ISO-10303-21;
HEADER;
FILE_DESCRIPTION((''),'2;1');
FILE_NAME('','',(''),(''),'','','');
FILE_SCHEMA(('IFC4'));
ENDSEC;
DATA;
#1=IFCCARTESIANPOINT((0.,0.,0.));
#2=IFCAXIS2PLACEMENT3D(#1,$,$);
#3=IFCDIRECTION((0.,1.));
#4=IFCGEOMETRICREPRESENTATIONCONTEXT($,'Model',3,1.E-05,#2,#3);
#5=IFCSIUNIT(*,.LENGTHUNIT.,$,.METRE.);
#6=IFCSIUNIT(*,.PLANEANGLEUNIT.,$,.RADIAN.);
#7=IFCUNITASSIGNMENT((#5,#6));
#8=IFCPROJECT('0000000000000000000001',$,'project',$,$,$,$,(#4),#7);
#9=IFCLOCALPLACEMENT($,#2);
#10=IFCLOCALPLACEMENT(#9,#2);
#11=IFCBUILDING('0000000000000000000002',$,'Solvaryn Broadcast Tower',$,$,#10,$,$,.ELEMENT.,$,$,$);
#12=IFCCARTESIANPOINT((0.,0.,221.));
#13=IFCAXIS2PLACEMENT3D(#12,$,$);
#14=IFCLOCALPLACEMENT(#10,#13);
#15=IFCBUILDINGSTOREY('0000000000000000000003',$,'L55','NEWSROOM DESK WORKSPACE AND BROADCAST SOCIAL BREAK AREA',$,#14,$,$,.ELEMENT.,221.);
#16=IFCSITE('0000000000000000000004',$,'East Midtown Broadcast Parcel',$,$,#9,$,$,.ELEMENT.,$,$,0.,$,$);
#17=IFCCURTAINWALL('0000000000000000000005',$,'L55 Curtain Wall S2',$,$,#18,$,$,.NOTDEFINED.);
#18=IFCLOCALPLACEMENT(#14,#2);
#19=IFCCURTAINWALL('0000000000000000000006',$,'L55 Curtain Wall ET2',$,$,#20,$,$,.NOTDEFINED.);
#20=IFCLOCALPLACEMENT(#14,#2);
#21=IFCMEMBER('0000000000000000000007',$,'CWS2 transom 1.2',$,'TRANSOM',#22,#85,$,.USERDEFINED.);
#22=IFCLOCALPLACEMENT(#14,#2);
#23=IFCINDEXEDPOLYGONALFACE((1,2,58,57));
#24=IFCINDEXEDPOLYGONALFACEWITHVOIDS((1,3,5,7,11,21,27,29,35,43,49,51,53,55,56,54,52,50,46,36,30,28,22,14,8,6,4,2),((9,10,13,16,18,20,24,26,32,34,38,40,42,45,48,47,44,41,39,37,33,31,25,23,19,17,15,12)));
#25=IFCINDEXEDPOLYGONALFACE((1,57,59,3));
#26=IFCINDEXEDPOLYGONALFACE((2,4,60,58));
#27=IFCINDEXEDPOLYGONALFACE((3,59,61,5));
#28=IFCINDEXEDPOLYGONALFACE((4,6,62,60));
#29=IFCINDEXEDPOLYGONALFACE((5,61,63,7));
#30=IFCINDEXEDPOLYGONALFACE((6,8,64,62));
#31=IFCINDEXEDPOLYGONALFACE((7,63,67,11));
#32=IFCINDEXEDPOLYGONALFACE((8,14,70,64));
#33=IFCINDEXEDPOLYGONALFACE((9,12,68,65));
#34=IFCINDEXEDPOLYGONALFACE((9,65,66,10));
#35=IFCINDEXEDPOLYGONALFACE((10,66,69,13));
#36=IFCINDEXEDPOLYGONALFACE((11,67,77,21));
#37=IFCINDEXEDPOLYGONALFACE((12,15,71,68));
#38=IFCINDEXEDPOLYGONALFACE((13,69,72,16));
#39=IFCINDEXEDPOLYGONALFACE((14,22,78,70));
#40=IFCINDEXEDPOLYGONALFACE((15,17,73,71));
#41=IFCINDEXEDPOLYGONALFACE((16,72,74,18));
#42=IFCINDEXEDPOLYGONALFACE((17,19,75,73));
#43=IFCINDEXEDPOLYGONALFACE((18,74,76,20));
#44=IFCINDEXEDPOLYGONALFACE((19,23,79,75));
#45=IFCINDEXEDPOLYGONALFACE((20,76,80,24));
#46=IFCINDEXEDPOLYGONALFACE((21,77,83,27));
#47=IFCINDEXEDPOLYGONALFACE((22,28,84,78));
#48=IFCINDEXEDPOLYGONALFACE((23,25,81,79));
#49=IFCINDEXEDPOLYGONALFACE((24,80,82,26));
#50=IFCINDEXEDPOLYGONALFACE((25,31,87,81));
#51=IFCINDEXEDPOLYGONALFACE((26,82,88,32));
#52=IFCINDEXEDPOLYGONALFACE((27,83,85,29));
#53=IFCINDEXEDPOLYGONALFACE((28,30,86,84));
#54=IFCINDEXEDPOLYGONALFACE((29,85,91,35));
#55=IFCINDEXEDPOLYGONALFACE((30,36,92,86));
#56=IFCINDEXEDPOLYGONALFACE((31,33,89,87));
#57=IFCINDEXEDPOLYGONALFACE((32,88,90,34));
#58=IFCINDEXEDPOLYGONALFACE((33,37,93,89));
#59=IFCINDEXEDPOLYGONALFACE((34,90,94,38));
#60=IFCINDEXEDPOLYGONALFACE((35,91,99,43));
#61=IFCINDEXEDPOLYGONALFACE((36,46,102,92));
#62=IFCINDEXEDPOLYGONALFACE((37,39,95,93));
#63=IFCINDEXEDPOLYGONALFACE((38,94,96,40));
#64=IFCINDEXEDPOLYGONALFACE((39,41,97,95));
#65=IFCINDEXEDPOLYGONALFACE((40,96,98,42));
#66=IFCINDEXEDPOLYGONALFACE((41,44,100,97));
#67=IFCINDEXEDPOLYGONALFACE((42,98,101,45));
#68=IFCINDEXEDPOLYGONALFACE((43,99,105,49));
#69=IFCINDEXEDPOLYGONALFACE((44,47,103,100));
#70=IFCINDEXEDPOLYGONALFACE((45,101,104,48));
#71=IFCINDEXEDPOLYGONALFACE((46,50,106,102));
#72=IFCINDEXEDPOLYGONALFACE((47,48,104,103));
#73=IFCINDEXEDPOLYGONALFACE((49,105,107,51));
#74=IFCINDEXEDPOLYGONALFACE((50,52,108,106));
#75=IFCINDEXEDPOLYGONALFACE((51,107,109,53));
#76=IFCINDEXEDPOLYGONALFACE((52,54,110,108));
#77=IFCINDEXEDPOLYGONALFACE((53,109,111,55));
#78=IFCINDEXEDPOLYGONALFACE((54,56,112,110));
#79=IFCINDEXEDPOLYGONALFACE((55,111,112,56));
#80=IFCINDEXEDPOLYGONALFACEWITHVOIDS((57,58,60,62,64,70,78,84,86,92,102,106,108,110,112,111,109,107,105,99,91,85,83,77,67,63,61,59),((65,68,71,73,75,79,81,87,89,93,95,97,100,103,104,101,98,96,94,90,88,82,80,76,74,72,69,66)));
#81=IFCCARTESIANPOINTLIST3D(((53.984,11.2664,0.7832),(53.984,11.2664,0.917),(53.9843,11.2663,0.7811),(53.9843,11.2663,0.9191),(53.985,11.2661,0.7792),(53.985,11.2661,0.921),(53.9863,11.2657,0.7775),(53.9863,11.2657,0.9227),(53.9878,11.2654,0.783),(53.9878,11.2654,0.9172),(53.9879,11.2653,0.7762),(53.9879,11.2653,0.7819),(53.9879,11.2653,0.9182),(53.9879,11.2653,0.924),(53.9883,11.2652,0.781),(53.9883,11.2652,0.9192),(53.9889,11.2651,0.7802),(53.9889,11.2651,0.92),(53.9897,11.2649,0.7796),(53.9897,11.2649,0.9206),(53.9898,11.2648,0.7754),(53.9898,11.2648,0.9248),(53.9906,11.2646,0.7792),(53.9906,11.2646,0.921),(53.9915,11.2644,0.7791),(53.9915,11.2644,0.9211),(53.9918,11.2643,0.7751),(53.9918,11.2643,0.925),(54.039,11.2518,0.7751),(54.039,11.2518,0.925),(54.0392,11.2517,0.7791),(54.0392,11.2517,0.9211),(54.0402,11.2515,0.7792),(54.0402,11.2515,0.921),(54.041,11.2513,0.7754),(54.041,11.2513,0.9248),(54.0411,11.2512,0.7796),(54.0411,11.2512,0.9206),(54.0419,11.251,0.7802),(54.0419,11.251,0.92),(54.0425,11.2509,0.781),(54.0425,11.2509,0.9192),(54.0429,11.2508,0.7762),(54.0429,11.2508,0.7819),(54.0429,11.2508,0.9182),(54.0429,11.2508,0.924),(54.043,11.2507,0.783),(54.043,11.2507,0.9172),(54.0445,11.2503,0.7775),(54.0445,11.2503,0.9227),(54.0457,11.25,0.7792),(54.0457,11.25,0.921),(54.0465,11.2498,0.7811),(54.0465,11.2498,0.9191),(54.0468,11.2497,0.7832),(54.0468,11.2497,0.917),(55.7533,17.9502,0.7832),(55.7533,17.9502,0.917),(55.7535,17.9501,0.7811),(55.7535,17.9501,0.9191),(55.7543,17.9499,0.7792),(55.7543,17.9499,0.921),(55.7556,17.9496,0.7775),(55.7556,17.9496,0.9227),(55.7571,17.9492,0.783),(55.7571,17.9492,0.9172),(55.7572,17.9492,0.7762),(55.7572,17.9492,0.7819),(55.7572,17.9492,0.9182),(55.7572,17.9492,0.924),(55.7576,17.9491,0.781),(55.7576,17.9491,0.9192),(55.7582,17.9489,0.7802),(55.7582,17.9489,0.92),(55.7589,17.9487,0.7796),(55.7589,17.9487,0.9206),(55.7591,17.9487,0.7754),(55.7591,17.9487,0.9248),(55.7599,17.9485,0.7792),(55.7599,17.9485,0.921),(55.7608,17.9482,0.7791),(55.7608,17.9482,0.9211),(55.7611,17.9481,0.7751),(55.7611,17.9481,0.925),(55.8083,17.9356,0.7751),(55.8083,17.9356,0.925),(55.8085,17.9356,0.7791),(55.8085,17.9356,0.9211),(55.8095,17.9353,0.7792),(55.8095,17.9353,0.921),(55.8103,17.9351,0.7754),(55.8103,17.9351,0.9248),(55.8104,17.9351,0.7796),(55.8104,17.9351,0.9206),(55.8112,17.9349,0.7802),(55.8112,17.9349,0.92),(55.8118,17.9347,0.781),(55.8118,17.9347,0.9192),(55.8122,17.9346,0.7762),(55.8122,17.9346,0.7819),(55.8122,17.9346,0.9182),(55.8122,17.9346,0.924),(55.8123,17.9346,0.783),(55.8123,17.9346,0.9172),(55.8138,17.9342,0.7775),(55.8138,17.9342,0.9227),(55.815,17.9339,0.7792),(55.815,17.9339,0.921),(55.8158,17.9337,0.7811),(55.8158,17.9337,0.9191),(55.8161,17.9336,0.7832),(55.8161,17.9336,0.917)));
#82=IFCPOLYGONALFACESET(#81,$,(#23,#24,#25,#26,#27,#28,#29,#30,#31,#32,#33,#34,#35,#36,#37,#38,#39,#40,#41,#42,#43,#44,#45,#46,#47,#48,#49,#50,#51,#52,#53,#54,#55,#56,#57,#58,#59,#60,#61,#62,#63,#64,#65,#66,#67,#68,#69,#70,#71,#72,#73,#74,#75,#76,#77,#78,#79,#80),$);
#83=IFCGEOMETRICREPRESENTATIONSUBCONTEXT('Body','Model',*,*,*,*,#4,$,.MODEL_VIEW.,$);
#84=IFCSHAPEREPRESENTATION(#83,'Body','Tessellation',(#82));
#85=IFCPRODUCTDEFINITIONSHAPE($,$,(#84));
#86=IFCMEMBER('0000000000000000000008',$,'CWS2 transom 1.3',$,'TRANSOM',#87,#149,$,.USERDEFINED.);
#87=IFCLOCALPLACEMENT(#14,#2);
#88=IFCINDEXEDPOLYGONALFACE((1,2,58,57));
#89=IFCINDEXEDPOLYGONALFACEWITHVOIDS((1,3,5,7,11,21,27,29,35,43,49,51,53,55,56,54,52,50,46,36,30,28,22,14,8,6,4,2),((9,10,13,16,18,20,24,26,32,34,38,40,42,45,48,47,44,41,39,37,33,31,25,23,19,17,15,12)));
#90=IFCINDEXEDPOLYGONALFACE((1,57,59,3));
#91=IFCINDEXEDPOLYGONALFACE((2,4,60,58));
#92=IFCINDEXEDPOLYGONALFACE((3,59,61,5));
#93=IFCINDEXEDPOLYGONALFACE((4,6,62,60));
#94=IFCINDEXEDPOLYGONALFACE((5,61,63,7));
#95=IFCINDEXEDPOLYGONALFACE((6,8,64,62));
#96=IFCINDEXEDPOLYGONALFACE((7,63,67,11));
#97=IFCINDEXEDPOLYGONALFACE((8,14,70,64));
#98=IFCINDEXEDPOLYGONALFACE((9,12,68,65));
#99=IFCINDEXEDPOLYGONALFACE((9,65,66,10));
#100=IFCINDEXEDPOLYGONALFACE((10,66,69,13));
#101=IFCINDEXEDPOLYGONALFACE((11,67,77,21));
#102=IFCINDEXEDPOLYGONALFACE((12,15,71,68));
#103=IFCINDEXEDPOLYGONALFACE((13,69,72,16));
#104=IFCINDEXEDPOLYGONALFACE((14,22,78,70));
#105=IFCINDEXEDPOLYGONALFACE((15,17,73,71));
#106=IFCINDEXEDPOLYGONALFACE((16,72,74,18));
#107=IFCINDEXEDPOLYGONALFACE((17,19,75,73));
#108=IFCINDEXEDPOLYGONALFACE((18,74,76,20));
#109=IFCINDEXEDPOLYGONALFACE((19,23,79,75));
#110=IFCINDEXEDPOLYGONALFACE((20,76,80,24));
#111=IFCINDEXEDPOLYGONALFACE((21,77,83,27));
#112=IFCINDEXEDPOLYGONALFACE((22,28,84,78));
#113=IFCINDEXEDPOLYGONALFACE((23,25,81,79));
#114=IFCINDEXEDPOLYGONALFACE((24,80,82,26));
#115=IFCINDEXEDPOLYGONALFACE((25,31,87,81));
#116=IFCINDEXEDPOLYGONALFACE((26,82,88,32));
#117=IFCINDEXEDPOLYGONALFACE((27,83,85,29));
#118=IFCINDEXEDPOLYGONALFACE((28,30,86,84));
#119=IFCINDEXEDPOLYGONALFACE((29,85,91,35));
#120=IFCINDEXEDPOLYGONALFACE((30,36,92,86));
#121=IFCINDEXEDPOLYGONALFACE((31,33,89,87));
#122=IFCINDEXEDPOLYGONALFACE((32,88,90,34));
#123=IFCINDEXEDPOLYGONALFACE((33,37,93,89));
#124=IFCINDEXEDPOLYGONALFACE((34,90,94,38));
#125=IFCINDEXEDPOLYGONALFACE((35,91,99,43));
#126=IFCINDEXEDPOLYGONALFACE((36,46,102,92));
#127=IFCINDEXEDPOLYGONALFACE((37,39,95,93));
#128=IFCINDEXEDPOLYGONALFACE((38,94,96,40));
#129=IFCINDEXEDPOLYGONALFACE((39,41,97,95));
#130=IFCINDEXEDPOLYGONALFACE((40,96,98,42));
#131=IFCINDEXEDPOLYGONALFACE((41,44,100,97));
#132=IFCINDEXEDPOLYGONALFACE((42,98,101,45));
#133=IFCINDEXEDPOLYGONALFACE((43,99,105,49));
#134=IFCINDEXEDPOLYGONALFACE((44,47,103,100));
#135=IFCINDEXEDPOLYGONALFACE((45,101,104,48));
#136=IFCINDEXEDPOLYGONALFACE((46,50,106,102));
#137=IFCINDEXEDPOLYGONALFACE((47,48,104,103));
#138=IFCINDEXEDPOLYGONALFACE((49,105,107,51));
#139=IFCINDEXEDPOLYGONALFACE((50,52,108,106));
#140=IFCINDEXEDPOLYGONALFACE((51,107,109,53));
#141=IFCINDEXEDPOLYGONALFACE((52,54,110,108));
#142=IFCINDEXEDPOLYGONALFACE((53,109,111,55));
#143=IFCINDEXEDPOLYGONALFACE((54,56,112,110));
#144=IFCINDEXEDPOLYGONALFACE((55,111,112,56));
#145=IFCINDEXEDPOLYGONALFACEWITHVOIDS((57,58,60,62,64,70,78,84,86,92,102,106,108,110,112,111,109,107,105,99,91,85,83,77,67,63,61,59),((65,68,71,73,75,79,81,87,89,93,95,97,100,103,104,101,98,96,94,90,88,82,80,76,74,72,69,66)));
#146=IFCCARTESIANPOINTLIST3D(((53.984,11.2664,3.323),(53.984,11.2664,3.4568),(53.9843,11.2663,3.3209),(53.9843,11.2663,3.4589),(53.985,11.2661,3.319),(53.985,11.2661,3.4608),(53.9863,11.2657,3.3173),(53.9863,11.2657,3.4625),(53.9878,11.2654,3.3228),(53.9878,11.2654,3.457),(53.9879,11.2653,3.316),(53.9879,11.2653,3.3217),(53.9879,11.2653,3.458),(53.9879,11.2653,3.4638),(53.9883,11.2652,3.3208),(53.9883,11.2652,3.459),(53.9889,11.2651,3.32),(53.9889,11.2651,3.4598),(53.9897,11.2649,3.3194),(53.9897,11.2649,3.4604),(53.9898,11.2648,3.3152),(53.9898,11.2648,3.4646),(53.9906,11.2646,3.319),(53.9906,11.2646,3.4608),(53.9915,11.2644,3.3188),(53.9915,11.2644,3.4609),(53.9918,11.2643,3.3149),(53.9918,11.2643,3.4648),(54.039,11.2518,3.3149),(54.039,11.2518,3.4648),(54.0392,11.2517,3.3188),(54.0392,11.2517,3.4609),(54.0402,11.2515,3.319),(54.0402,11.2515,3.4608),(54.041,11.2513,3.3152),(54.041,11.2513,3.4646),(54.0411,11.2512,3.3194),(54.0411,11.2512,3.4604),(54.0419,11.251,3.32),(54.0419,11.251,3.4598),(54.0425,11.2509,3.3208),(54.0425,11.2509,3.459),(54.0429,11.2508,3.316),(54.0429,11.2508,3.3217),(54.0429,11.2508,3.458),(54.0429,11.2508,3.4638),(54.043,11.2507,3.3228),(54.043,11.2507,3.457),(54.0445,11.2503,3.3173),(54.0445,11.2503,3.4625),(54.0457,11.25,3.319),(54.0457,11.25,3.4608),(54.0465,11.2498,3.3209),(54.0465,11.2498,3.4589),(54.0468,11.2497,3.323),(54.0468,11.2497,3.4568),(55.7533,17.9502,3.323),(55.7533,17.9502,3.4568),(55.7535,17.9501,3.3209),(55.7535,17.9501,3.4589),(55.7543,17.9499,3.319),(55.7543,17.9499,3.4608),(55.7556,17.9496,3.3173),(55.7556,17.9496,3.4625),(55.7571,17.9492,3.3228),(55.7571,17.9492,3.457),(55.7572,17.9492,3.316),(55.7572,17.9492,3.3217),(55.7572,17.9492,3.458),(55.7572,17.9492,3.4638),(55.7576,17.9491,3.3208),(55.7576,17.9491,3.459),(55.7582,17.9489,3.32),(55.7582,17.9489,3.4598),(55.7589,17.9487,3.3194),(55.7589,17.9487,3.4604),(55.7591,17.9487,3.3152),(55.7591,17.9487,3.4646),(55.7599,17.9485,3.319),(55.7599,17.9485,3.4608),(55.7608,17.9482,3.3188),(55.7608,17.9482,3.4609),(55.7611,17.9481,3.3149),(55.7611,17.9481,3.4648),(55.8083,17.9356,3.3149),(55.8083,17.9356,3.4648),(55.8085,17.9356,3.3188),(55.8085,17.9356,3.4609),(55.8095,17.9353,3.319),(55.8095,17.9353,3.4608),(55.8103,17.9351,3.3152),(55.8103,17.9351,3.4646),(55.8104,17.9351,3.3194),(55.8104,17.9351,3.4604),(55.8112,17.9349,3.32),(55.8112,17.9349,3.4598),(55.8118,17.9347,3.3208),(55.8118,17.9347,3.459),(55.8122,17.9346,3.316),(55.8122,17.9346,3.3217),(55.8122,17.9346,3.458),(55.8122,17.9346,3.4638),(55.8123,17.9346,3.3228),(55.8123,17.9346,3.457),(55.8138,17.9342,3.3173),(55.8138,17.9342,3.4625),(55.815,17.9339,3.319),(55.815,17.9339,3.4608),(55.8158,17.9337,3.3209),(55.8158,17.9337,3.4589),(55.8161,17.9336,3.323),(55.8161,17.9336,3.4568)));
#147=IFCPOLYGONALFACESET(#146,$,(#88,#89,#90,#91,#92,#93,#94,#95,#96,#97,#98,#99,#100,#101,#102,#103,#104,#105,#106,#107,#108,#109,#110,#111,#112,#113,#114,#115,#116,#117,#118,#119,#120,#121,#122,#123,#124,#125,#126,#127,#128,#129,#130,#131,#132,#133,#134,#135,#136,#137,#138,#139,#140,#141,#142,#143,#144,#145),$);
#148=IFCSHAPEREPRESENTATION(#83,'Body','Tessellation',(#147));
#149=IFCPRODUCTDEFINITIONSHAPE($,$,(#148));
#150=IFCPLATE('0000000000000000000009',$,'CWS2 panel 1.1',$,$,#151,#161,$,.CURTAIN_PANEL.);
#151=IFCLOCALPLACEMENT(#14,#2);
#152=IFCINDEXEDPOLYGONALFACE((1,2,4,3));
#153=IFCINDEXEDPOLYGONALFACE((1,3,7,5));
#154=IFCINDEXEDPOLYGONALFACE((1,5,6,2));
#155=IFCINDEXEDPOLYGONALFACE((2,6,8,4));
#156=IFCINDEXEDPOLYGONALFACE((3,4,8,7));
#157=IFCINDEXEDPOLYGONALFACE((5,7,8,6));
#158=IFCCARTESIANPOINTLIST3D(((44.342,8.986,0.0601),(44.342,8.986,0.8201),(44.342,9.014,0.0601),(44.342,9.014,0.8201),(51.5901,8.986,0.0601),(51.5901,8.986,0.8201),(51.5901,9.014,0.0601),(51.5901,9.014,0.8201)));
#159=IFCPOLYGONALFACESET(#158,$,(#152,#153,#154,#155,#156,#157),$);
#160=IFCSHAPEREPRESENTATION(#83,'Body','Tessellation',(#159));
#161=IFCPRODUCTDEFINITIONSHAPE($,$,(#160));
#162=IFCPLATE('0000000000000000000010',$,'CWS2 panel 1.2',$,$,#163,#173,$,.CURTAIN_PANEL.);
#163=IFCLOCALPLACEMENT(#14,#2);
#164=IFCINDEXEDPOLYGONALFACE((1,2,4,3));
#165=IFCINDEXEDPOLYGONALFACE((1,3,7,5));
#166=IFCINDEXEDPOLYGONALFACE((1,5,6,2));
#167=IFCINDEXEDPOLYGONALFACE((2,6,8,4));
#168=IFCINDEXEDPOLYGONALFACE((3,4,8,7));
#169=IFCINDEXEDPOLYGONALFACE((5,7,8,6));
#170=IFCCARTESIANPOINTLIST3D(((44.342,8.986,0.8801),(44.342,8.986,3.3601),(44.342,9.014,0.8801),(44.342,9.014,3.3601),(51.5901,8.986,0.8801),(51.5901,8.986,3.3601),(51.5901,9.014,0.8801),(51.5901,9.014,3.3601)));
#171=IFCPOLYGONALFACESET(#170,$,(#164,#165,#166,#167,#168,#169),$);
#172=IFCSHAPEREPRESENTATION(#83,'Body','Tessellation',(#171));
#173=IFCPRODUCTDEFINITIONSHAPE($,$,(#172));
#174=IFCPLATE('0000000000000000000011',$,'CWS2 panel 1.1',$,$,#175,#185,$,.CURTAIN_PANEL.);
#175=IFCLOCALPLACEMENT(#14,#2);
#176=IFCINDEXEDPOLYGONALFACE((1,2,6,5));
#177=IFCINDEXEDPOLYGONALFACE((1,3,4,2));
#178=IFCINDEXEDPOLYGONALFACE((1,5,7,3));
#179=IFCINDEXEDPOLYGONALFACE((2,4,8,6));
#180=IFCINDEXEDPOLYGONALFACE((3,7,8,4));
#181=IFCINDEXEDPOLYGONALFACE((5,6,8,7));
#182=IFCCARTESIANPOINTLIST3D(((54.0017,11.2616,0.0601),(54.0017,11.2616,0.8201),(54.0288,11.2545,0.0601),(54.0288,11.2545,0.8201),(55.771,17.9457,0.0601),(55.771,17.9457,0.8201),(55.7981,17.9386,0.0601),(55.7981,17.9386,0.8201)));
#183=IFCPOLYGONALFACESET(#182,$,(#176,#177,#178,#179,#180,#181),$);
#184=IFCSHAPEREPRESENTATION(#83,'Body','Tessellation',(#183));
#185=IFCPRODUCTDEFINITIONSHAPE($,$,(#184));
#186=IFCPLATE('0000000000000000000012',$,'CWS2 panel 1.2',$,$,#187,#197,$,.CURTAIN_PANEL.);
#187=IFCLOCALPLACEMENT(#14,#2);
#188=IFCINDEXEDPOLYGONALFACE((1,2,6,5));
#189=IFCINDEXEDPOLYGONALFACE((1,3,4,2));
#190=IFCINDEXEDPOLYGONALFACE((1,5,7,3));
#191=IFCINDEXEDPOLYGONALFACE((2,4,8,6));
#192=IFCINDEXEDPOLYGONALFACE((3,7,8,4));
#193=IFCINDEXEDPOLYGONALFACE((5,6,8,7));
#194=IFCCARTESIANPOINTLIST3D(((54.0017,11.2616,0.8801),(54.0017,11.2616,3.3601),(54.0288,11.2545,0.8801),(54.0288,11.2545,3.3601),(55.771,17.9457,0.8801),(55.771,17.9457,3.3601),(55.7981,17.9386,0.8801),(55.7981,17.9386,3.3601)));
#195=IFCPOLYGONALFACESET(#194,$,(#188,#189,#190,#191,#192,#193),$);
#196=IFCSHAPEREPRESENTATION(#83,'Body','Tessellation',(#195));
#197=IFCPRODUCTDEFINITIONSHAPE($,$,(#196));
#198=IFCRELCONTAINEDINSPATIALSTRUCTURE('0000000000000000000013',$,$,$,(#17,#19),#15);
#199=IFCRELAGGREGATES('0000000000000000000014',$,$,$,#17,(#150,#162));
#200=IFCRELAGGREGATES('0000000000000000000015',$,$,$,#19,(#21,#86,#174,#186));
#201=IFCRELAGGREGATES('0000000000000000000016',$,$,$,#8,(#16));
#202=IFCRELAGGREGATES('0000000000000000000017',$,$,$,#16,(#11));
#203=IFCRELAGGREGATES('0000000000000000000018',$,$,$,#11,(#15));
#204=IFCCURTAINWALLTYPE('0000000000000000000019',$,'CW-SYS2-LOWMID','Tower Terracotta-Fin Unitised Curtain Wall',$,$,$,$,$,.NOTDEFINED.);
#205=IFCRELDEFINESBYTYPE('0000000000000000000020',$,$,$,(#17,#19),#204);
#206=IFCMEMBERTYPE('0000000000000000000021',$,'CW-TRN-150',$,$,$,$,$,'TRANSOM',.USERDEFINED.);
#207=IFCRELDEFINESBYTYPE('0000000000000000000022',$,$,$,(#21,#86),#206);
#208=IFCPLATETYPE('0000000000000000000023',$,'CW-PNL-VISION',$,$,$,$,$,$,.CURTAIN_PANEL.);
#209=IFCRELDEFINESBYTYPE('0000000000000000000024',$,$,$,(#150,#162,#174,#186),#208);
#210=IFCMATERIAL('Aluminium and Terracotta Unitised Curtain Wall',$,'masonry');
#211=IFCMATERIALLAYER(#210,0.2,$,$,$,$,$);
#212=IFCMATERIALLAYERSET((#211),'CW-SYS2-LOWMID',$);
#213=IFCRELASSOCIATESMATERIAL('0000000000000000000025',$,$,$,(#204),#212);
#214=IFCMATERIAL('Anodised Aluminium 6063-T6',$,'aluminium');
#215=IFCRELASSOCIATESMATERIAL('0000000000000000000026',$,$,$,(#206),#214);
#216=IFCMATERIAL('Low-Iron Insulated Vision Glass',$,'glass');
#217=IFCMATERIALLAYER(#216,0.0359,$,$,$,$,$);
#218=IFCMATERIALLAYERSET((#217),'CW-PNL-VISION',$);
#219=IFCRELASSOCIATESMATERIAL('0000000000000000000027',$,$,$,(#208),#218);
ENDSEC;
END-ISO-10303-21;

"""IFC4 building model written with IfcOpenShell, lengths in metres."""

from ifc_helpers import new_model, si_unit, direction, frame, origin, origin_2d, place, context, subcontext, project, spatial, rectangle, hollow_rectangle, extrude, material, layer, layer_set, material_profile, profile_set, type_object, element, aggregate, save


model = new_model("IFC4")

# Units and contexts
model_context = context("Model", 3, precision=1e-05, world=origin(), true_north=direction((0.0, 1.0)))
body_context = subcontext(model_context, "Body", "Model", "MODEL_VIEW")
ifc_project = project(units=[si_unit("LENGTHUNIT", "METRE"), si_unit("PLANEANGLEUNIT", "RADIAN")], contexts=[model_context])

# Site, building, storey
site_placement = place(None, origin())
site = spatial("IfcSite", under=ifc_project, at=site_placement, Name="East Midtown Broadcast Parcel", CompositionType="ELEMENT", RefElevation=0.0)
building_placement = place(site_placement, origin())
building = spatial("IfcBuilding", under=site, at=building_placement, Name="Solvaryn Broadcast Tower", CompositionType="ELEMENT")
storey_placement = place(building_placement, frame((0.0, 0.0, 221.0)))
storey = spatial("IfcBuildingStorey", under=building, at=storey_placement, Name="L55", Description="NEWSROOM DESK WORKSPACE AND BROADCAST SOCIAL BREAK AREA", CompositionType="ELEMENT", Elevation=221.0)

# Curtain wall
ifc_material_1 = material(Name="Aluminium and Terracotta Unitised Curtain Wall", Category="masonry")
ifc_layer_1 = layer(ifc_material_1, 0.2)
ifc_layer_set_1 = layer_set([ifc_layer_1], Name="CW-SYS2-LOWMID")
curtain_wall_type = type_object("IfcCurtainWallType", Name="CW-SYS2-LOWMID", Description="Tower Terracotta-Fin Unitised Curtain Wall", PredefinedType="NOTDEFINED", material=ifc_layer_set_1)
curtain_wall_1_placement = place(storey_placement, origin())
curtain_wall_1 = element("IfcCurtainWall", 1, at=curtain_wall_1_placement, inside=storey, type_object=curtain_wall_type, Name="L55 Curtain Wall S2", PredefinedType="NOTDEFINED")

# Curtain wall, members
curtain_wall_2_placement = place(storey_placement, origin())
curtain_wall_2 = element("IfcCurtainWall", 2, at=curtain_wall_2_placement, inside=storey, type_object=curtain_wall_type, Name="L55 Curtain Wall ET2", PredefinedType="NOTDEFINED")
ifc_material_2 = material(Name="Anodised Aluminium 6063-T6", Category="aluminium")
ifc_material_profile_1 = material_profile(ifc_material_2, hollow_rectangle(XDim=0.0649, YDim=0.1499, WallThickness=0.0039, InnerFilletRadius=0.0039, OuterFilletRadius=0.0081, at=origin_2d()))
ifc_profile_set_1 = profile_set([ifc_material_profile_1], Name="Anodised Aluminium 6063-T6")
member_type_1 = type_object("IfcMemberType", Name="CW-TRN-150", ElementType="TRANSOM", PredefinedType="USERDEFINED", material=ifc_profile_set_1)
member_1_placement = place(storey_placement, frame((55.7847, 17.9419, 0.8501), z_axis=(-0.255897, -0.966704, 0.0), x_axis=(0.966704, -0.255897, 0.0)))
member_1 = element("IfcMember", 3, at=member_1_placement, type_object=member_type_1, Name="CWS2 transom 1.2", ObjectType="TRANSOM", PredefinedType="USERDEFINED", context=body_context, shape_type="SweptSolid", body=[
    extrude(hollow_rectangle(XDim=0.0649, YDim=0.1499, WallThickness=0.0039, InnerFilletRadius=0.0039, OuterFilletRadius=0.0081, at=origin_2d()), origin(), (0.0, 0.0, 1.0), 6.9141),
])
member_2_placement = place(storey_placement, frame((55.7847, 17.9419, 3.3899), z_axis=(-0.255897, -0.966704, 0.0), x_axis=(0.966704, -0.255897, 0.0)))
member_2 = element("IfcMember", 4, at=member_2_placement, type_object=member_type_1, Name="CWS2 transom 1.3", ObjectType="TRANSOM", PredefinedType="USERDEFINED", context=body_context, shape_type="SweptSolid", body=[
    extrude(hollow_rectangle(XDim=0.0649, YDim=0.1499, WallThickness=0.0039, InnerFilletRadius=0.0039, OuterFilletRadius=0.0081, at=origin_2d()), origin(), (0.0, 0.0, 1.0), 6.9141),
])

# Plates
ifc_material_3 = material(Name="Low-Iron Insulated Vision Glass", Category="glass")
ifc_layer_2 = layer(ifc_material_3, 0.0359)
ifc_layer_set_2 = layer_set([ifc_layer_2], Name="CW-PNL-VISION")
plate_type = type_object("IfcPlateType", Name="CW-PNL-VISION", PredefinedType="CURTAIN_PANEL", material=ifc_layer_set_2)
plate_1_placement = place(storey_placement, frame((47.9661, 9.0, 0.0601), z_axis=(0.0, 0.0, 1.0), x_axis=(1.0, 0.0, 0.0)))
plate_1 = element("IfcPlate", 5, at=plate_1_placement, type_object=plate_type, Name="CWS2 panel 1.1", PredefinedType="CURTAIN_PANEL", context=body_context, shape_type="SweptSolid", body=[
    extrude(rectangle(XDim=7.248, YDim=0.0281, at=origin_2d()), origin(), (0.0, 0.0, 1.0), 0.76),
])
plate_2_placement = place(storey_placement, frame((47.9661, 9.0, 0.8801), z_axis=(0.0, 0.0, 1.0), x_axis=(1.0, 0.0, 0.0)))
plate_2 = element("IfcPlate", 6, at=plate_2_placement, type_object=plate_type, Name="CWS2 panel 1.2", PredefinedType="CURTAIN_PANEL", context=body_context, shape_type="SweptSolid", body=[
    extrude(rectangle(XDim=7.248, YDim=0.0281, at=origin_2d()), origin(), (0.0, 0.0, 1.0), 2.48),
])
aggregate(curtain_wall_1, [plate_1, plate_2])
plate_3_placement = place(storey_placement, frame((54.8999, 14.6001, 0.0601), z_axis=(0.0, 0.0, 1.0), x_axis=(-0.255893, -0.966705, 0.0)))
plate_3 = element("IfcPlate", 7, at=plate_3_placement, type_object=plate_type, Name="CWS2 panel 1.1", PredefinedType="CURTAIN_PANEL", context=body_context, shape_type="SweptSolid", body=[
    extrude(rectangle(XDim=6.9143, YDim=0.0281, at=origin_2d()), origin(), (0.0, 0.0, 1.0), 0.76),
])
plate_4_placement = place(storey_placement, frame((54.8999, 14.6001, 0.8801), z_axis=(0.0, 0.0, 1.0), x_axis=(-0.255893, -0.966705, 0.0)))
plate_4 = element("IfcPlate", 8, at=plate_4_placement, type_object=plate_type, Name="CWS2 panel 1.2", PredefinedType="CURTAIN_PANEL", context=body_context, shape_type="SweptSolid", body=[
    extrude(rectangle(XDim=6.9143, YDim=0.0281, at=origin_2d()), origin(), (0.0, 0.0, 1.0), 2.48),
])
aggregate(curtain_wall_2, [member_1, member_2, plate_3, plate_4])

save(model, "model.ifc")
